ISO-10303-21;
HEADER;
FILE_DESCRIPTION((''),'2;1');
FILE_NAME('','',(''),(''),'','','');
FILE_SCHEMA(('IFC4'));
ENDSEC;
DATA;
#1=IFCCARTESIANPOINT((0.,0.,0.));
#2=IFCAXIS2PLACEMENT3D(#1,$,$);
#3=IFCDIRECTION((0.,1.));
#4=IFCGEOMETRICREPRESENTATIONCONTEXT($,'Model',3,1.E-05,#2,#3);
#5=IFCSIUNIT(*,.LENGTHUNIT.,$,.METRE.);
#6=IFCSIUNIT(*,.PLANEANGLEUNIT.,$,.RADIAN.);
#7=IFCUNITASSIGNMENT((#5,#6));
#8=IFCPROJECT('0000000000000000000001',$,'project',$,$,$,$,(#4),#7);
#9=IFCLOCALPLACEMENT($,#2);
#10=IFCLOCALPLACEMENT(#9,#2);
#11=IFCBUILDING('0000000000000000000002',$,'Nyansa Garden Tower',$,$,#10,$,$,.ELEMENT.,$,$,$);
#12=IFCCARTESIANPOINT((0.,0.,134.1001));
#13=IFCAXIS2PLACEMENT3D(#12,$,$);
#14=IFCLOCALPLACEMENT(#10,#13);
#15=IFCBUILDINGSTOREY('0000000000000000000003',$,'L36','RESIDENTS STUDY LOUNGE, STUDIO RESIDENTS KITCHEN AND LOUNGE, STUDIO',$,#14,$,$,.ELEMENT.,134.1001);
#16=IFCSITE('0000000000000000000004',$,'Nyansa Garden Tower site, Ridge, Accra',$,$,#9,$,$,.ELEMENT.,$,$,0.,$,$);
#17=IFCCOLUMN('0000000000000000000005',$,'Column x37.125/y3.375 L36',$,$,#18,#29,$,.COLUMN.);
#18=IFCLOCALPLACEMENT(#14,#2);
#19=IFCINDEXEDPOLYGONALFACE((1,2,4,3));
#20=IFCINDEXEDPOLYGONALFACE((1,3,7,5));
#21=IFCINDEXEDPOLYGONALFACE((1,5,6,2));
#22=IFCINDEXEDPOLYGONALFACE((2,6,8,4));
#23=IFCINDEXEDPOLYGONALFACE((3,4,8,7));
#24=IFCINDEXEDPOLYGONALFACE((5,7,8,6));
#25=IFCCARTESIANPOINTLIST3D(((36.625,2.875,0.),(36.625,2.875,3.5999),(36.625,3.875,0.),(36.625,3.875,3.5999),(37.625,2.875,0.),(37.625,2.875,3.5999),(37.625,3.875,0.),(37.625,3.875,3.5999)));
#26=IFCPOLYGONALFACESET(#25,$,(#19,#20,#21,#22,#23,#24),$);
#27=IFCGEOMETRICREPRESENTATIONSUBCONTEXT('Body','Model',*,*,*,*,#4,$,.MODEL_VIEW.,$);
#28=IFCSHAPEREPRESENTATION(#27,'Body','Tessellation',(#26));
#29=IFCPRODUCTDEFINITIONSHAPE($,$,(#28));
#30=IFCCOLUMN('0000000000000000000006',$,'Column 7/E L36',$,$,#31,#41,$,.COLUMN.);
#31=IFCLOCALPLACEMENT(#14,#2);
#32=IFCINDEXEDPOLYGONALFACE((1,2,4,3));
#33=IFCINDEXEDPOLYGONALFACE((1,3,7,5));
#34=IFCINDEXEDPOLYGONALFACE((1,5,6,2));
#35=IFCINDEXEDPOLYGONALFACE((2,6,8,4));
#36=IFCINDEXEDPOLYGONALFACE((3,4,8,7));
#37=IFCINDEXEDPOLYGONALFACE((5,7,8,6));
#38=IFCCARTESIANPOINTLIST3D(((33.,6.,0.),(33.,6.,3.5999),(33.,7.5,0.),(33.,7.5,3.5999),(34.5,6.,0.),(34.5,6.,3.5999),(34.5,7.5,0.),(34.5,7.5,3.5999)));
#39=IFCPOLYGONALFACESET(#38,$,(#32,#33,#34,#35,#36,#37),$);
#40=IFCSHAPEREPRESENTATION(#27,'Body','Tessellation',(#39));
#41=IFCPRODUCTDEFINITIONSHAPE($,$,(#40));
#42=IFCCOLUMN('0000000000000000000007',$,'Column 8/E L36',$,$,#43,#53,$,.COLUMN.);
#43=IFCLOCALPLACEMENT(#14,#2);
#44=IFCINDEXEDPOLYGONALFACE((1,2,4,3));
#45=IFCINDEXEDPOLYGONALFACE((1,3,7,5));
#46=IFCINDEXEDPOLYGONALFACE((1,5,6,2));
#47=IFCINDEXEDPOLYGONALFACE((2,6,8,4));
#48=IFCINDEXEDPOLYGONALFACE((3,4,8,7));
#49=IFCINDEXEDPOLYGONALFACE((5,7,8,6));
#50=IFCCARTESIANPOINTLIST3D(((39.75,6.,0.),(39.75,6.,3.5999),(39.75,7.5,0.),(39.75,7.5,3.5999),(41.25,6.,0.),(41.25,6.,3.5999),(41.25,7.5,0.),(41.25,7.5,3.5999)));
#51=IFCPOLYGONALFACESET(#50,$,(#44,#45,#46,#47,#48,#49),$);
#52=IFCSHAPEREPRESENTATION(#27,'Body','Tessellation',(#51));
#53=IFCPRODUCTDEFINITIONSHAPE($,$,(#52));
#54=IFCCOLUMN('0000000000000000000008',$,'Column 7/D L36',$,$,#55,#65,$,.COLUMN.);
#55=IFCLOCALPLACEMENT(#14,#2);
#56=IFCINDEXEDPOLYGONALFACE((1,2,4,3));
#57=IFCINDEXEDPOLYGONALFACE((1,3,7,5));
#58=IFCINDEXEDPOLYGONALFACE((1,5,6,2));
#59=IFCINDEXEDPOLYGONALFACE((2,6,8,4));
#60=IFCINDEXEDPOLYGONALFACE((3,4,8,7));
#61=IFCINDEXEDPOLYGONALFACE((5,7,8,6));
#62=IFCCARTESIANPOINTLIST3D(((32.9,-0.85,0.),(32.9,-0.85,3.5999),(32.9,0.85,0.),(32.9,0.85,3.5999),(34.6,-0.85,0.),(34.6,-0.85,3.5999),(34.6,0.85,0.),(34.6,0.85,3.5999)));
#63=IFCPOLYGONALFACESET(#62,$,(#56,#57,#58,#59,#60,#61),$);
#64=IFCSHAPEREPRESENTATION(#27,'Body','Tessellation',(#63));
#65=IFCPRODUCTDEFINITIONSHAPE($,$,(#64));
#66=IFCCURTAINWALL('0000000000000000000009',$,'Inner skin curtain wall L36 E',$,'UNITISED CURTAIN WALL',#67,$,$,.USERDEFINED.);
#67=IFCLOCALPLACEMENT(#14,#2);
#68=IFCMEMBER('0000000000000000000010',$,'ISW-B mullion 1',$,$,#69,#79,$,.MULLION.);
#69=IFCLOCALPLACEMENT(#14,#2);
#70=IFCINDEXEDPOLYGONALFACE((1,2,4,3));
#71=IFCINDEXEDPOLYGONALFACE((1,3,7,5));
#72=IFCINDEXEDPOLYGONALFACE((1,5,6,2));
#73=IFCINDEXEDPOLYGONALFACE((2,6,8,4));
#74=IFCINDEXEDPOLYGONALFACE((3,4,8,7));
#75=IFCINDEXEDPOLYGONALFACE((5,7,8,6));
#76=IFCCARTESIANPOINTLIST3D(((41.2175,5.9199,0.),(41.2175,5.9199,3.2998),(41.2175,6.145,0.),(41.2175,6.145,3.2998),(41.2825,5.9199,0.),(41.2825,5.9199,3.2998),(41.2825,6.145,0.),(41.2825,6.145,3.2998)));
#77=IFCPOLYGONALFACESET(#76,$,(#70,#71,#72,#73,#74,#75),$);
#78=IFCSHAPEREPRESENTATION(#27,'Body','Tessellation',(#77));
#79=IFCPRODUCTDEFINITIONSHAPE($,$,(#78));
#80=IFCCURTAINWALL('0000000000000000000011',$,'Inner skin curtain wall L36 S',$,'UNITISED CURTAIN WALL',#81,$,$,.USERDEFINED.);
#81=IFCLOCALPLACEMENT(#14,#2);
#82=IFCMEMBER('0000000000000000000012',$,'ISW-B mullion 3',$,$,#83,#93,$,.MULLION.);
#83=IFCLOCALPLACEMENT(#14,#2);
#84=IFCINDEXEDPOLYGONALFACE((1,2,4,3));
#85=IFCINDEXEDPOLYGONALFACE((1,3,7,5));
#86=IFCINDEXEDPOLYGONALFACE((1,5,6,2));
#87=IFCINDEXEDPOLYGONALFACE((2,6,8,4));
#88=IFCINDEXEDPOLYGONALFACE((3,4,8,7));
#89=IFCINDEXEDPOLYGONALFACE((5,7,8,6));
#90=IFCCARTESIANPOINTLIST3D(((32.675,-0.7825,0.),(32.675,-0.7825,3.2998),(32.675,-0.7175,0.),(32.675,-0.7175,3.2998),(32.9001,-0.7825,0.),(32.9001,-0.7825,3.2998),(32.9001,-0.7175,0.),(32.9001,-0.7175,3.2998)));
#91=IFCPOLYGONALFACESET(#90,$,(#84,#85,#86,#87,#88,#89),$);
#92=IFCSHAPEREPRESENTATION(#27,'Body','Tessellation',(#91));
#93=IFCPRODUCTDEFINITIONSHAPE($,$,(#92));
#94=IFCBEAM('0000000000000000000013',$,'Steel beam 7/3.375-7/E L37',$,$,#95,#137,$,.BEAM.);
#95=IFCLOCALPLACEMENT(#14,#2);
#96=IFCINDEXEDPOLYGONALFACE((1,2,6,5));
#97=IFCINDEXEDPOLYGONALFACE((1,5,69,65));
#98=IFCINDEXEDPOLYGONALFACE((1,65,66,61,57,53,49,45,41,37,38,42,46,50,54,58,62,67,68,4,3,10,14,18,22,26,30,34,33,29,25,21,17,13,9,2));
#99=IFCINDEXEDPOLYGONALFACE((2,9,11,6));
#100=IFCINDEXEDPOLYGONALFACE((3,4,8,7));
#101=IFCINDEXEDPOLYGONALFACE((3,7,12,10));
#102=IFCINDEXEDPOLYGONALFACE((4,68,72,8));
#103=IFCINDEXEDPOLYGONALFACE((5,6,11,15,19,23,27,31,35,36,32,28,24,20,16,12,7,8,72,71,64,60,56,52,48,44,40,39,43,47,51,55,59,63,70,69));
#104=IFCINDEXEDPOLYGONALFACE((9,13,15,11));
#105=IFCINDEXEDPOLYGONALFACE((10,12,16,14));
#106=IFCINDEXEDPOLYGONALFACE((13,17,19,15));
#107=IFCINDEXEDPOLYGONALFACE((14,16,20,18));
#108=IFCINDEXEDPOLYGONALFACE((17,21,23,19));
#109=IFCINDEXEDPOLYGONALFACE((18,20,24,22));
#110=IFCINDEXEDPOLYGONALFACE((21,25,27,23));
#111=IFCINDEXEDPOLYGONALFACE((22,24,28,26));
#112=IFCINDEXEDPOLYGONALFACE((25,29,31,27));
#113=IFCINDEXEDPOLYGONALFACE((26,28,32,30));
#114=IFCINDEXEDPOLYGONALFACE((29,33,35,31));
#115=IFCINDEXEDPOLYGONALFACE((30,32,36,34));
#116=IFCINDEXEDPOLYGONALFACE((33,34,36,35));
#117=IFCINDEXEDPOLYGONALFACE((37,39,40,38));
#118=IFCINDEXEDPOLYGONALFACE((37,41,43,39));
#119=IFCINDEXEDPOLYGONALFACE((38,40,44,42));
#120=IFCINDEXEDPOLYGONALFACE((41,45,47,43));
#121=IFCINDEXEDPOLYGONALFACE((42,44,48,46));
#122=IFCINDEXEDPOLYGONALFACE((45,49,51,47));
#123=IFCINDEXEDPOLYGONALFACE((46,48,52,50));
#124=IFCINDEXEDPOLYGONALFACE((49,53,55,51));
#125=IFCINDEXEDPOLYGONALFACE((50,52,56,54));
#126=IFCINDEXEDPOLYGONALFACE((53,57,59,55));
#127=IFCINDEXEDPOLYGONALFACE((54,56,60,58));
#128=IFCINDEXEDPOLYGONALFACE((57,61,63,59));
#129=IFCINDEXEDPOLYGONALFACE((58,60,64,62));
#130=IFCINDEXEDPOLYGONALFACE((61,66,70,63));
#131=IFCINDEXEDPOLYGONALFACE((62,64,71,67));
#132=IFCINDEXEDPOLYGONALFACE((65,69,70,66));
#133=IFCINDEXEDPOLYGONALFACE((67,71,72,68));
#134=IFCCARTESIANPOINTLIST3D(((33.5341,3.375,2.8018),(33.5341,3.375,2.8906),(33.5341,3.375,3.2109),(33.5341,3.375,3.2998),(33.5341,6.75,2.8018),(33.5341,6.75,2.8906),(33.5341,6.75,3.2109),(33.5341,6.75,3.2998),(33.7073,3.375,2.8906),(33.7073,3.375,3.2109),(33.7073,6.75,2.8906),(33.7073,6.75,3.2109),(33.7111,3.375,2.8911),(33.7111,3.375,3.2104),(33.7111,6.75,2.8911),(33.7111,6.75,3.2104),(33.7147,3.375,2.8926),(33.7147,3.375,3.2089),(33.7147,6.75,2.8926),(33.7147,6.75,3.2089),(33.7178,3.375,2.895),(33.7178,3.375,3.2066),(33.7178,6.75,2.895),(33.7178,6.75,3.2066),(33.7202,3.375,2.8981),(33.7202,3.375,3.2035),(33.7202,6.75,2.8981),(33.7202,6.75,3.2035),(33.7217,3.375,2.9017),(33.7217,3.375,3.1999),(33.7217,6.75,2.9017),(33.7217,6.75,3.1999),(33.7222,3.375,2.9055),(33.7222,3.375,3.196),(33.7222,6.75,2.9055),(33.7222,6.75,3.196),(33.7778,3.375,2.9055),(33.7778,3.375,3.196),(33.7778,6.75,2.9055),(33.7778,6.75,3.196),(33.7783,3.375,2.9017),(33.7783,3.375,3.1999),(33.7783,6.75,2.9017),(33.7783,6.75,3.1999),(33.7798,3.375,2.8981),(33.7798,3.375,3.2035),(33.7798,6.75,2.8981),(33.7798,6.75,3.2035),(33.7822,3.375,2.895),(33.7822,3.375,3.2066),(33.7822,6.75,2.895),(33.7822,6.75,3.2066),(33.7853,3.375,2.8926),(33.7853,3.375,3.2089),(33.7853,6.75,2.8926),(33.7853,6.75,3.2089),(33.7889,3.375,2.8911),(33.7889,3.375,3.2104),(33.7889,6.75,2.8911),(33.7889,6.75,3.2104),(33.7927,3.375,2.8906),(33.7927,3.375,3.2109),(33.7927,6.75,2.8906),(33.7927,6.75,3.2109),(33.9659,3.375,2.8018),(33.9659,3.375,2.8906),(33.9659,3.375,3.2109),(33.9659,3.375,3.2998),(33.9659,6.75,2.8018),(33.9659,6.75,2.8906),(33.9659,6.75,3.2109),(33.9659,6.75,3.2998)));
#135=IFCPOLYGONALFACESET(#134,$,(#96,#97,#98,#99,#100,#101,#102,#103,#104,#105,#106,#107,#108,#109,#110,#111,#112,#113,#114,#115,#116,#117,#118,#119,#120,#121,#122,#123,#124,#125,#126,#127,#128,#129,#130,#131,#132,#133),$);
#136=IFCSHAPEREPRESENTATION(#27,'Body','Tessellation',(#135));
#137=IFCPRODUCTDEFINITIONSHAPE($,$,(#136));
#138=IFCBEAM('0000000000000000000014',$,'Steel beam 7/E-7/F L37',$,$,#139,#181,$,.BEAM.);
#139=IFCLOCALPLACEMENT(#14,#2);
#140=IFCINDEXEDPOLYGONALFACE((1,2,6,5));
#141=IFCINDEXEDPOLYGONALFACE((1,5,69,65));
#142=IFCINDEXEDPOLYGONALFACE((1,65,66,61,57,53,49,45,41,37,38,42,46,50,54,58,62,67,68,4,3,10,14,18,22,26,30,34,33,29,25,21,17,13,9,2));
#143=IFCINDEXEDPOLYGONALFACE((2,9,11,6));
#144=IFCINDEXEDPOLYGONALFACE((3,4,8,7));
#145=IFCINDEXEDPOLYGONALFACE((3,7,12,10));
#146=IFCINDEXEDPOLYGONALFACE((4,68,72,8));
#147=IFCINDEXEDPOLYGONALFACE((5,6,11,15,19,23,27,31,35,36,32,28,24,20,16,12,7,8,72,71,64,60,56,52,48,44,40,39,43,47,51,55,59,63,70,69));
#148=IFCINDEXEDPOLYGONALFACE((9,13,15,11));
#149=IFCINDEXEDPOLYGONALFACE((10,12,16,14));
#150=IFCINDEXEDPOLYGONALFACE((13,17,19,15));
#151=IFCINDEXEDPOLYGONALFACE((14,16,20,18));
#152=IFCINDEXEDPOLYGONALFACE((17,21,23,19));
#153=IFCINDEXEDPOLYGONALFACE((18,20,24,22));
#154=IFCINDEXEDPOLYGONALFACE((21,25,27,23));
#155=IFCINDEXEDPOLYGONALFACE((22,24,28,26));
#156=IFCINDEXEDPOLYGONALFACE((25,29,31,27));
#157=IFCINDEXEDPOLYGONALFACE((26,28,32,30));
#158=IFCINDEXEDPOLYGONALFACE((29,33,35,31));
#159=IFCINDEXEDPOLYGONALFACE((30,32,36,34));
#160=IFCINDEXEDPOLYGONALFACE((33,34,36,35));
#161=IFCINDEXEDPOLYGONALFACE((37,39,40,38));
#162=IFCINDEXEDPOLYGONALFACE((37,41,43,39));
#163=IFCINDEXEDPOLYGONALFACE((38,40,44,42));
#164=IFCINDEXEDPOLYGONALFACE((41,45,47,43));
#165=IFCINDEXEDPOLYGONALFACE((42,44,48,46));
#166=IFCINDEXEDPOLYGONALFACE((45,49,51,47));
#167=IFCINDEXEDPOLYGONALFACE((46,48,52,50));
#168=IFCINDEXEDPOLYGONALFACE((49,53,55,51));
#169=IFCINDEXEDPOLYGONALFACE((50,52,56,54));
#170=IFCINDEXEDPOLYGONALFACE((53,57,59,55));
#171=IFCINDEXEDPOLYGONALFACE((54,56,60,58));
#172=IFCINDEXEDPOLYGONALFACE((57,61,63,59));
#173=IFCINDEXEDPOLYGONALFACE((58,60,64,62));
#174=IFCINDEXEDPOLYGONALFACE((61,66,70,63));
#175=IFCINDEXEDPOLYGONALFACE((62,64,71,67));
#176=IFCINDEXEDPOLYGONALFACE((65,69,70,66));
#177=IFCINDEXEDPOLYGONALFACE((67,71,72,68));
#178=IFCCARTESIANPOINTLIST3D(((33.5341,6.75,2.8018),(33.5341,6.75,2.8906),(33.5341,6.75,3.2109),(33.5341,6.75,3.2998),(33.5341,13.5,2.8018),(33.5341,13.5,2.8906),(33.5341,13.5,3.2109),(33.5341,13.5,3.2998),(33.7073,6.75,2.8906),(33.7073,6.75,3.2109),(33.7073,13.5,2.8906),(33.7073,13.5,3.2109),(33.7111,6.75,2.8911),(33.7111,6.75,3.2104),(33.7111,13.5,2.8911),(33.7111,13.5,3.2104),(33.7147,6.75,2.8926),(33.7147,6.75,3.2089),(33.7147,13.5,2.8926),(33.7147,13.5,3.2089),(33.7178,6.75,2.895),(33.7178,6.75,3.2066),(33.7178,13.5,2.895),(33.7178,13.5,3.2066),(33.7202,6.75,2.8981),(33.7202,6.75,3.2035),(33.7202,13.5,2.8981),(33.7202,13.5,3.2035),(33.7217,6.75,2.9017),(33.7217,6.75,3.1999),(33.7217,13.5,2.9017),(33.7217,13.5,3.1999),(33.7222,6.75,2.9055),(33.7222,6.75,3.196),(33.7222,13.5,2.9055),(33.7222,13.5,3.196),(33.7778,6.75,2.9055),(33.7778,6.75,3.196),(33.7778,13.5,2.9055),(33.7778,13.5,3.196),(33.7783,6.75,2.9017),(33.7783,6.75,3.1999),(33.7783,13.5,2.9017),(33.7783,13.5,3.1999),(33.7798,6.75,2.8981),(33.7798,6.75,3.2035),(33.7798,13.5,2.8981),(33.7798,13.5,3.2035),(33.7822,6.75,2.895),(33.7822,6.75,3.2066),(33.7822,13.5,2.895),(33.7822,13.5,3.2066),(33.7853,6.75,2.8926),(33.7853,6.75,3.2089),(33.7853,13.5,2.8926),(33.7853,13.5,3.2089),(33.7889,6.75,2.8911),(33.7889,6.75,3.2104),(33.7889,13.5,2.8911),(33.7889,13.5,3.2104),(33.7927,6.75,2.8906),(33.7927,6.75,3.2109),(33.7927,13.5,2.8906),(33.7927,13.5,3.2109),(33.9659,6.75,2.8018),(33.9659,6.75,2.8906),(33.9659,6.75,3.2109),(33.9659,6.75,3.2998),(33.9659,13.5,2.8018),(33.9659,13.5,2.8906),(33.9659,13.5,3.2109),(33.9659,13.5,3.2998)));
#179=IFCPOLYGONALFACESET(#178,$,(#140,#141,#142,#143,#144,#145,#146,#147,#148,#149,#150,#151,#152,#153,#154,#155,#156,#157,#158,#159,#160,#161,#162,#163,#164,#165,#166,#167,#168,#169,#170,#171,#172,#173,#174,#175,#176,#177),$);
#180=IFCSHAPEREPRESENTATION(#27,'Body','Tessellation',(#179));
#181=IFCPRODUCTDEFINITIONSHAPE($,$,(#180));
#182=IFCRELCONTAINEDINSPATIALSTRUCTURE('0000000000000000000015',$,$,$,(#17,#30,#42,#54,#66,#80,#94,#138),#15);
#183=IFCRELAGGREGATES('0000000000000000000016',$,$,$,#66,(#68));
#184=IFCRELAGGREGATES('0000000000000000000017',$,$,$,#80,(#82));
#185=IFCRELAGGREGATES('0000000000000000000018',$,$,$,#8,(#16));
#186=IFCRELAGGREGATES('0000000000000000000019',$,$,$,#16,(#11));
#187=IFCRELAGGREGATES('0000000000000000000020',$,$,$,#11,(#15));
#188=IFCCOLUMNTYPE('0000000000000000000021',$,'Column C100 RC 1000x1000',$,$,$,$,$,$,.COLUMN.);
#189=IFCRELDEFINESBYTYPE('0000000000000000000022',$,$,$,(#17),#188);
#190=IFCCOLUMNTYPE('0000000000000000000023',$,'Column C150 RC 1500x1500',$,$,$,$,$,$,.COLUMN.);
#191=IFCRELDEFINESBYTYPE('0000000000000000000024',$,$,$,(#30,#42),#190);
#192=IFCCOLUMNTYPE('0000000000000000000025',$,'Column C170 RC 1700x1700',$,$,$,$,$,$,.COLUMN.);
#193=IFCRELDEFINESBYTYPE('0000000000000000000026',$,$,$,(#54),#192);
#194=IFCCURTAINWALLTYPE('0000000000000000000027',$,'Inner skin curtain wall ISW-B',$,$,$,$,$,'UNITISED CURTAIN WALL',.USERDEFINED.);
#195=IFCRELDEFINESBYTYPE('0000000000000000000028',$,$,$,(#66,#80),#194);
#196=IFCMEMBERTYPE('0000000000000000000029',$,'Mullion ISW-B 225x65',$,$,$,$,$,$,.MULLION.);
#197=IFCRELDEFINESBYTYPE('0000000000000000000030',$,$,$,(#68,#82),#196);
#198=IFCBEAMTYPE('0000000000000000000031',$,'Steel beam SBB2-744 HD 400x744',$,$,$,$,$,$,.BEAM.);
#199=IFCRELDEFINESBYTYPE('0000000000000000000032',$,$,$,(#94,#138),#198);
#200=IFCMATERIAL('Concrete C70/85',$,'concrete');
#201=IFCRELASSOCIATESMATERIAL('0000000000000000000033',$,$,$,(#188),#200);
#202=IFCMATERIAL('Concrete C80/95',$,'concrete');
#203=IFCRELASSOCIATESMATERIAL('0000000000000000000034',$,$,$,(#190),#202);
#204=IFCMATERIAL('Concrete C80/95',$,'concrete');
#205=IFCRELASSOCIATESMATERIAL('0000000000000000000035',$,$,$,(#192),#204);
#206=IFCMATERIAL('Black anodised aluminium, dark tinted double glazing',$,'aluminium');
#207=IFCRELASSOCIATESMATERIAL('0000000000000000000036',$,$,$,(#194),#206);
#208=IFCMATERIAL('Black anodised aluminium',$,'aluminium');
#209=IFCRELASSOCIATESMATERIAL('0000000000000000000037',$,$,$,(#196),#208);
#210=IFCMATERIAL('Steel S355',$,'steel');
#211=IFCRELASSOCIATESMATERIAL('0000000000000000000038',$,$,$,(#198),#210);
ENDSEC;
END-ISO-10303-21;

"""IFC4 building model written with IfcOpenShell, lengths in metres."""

from ifc_helpers import new_model, si_unit, direction, frame, origin, origin_2d, place, context, subcontext, project, spatial, rectangle, i_section, extrude, material, material_profile, profile_set, type_object, element, aggregate, save


model = new_model("IFC4")

# Units and contexts
model_context = context("Model", 3, precision=1e-05, world=origin(), true_north=direction((0.0, 1.0)))
body_context = subcontext(model_context, "Body", "Model", "MODEL_VIEW")
ifc_project = project(units=[si_unit("LENGTHUNIT", "METRE"), si_unit("PLANEANGLEUNIT", "RADIAN")], contexts=[model_context])

# Site, building, storey
site_placement = place(None, origin())
site = spatial("IfcSite", under=ifc_project, at=site_placement, Name="Nyansa Garden Tower site, Ridge, Accra", CompositionType="ELEMENT", RefElevation=0.0)
building_placement = place(site_placement, origin())
building = spatial("IfcBuilding", under=site, at=building_placement, Name="Nyansa Garden Tower", CompositionType="ELEMENT")
storey_placement = place(building_placement, frame((0.0, 0.0, 134.1001)))
storey = spatial("IfcBuildingStorey", under=building, at=storey_placement, Name="L36", Description="RESIDENTS STUDY LOUNGE, STUDIO RESIDENTS KITCHEN AND LOUNGE, STUDIO", CompositionType="ELEMENT", Elevation=134.1001)

# Columns
ifc_material_1 = material(Name="Concrete C70/85", Category="concrete")
ifc_material_profile_1 = material_profile(ifc_material_1, rectangle(XDim=1.0, YDim=1.0, at=origin_2d()), Name="RC 1000x1000")
ifc_profile_set_1 = profile_set([ifc_material_profile_1], Name="Concrete C70/85")
column_type_1 = type_object("IfcColumnType", Name="Column C100 RC 1000x1000", PredefinedType="COLUMN", material=ifc_profile_set_1)
column_1_placement = place(storey_placement, frame((37.125, 3.375, 0.0), z_axis=(0.0, 0.0, 1.0), x_axis=(1.0, 0.0, 0.0)))
element("IfcColumn", 1, at=column_1_placement, inside=storey, type_object=column_type_1, Name="Column x37.125/y3.375 L36", PredefinedType="COLUMN", context=body_context, shape_type="SweptSolid", body=[
    extrude(rectangle(XDim=1.0, YDim=1.0, at=origin_2d()), origin(), (0.0, 0.0, 1.0), 3.5999),
])
ifc_material_2 = material(Name="Concrete C80/95", Category="concrete")
ifc_material_profile_2 = material_profile(ifc_material_2, rectangle(XDim=1.5, YDim=1.5, at=origin_2d()), Name="RC 1500x1500")
ifc_profile_set_2 = profile_set([ifc_material_profile_2], Name="Concrete C80/95")
column_type_2 = type_object("IfcColumnType", Name="Column C150 RC 1500x1500", PredefinedType="COLUMN", material=ifc_profile_set_2)
for number, where, z_axis, x_axis, name in (
    (2, (33.75, 6.75, 0.0), (0.0, 0.0, 1.0), (1.0, 0.0, 0.0), "Column 7/E L36"),
    (3, (40.5, 6.75, 0.0), (0.0, 0.0, 1.0), (1.0, 0.0, 0.0), "Column 8/E L36"),
):
    element("IfcColumn", number, at=place(storey_placement, frame(where, z_axis=z_axis, x_axis=x_axis)), inside=storey, type_object=column_type_2, Name=name, PredefinedType="COLUMN", context=body_context, shape_type="SweptSolid", body=[
        extrude(rectangle(XDim=1.5, YDim=1.5, at=origin_2d()), origin(), (0.0, 0.0, 1.0), 3.5999),
    ])
ifc_material_3 = material(Name="Concrete C80/95", Category="concrete")
ifc_material_profile_3 = material_profile(ifc_material_3, rectangle(XDim=1.7, YDim=1.7, at=origin_2d()), Name="RC 1700x1700")
ifc_profile_set_3 = profile_set([ifc_material_profile_3], Name="Concrete C80/95")
column_type_3 = type_object("IfcColumnType", Name="Column C170 RC 1700x1700", PredefinedType="COLUMN", material=ifc_profile_set_3)
column_2_placement = place(storey_placement, frame((33.75, 0.0, 0.0), z_axis=(0.0, 0.0, 1.0), x_axis=(1.0, 0.0, 0.0)))
element("IfcColumn", 4, at=column_2_placement, inside=storey, type_object=column_type_3, Name="Column 7/D L36", PredefinedType="COLUMN", context=body_context, shape_type="SweptSolid", body=[
    extrude(rectangle(XDim=1.7, YDim=1.7, at=origin_2d()), origin(), (0.0, 0.0, 1.0), 3.5999),
])

# Curtain walls, members
ifc_material_4 = material(Name="Black anodised aluminium, dark tinted double glazing", Category="aluminium")
curtain_wall_type = type_object("IfcCurtainWallType", Name="Inner skin curtain wall ISW-B", ElementType="UNITISED CURTAIN WALL", PredefinedType="USERDEFINED", material=ifc_material_4)
curtain_wall_1_placement = place(storey_placement, origin())
curtain_wall_1 = element("IfcCurtainWall", 5, at=curtain_wall_1_placement, inside=storey, type_object=curtain_wall_type, Name="Inner skin curtain wall L36 E", ObjectType="UNITISED CURTAIN WALL", PredefinedType="USERDEFINED")
ifc_material_5 = material(Name="Black anodised aluminium", Category="aluminium")
ifc_material_profile_4 = material_profile(ifc_material_5, rectangle(XDim=0.0649, YDim=0.2251, at=origin_2d()), Name="Mullion 225x65")
ifc_profile_set_4 = profile_set([ifc_material_profile_4], Name="Black anodised aluminium")
member_type_1 = type_object("IfcMemberType", Name="Mullion ISW-B 225x65", PredefinedType="MULLION", material=ifc_profile_set_4)
member_1_placement = place(storey_placement, frame((41.25, 6.0325, 0.0), z_axis=(0.0, 0.0, 1.0), x_axis=(-1.0, 0.0, 0.0)))
member_1 = element("IfcMember", 6, at=member_1_placement, type_object=member_type_1, Name="ISW-B mullion 1", PredefinedType="MULLION", context=body_context, shape_type="SweptSolid", body=[
    extrude(rectangle(XDim=0.0649, YDim=0.2251, at=origin_2d()), origin(), (0.0, 0.0, 1.0), 3.2998),
])
curtain_wall_2_placement = place(storey_placement, origin())
curtain_wall_2 = element("IfcCurtainWall", 7, at=curtain_wall_2_placement, inside=storey, type_object=curtain_wall_type, Name="Inner skin curtain wall L36 S", ObjectType="UNITISED CURTAIN WALL", PredefinedType="USERDEFINED")
member_2_placement = place(storey_placement, frame((32.7876, -0.75, 0.0), z_axis=(0.0, 0.0, 1.0), x_axis=(0.0, 1.0, 0.0)))
member_2 = element("IfcMember", 8, at=member_2_placement, type_object=member_type_1, Name="ISW-B mullion 3", PredefinedType="MULLION", context=body_context, shape_type="SweptSolid", body=[
    extrude(rectangle(XDim=0.0649, YDim=0.2251, at=origin_2d()), origin(), (0.0, 0.0, 1.0), 3.2998),
])

# Beams
ifc_material_6 = material(Name="Steel S355", Category="steel")
ifc_material_profile_5 = material_profile(ifc_material_6, i_section(OverallWidth=0.4319, OverallDepth=0.498, WebThickness=0.0557, FlangeThickness=0.0889, FilletRadius=0.0149, at=origin_2d()), Name="HD 400x744")
ifc_profile_set_5 = profile_set([ifc_material_profile_5], Name="Steel S355")
beam_type_1 = type_object("IfcBeamType", Name="Steel beam SBB2-744 HD 400x744", PredefinedType="BEAM", material=ifc_profile_set_5)
beam_1_placement = place(storey_placement, frame((33.75, 3.375, 3.0508), z_axis=(0.0, 1.0, 0.0), x_axis=(-1.0, 0.0, 0.0)))
element("IfcBeam", 9, at=beam_1_placement, inside=storey, type_object=beam_type_1, Name="Steel beam 7/3.375-7/E L37", PredefinedType="BEAM", context=body_context, shape_type="SweptSolid", body=[
    extrude(i_section(OverallWidth=0.4319, OverallDepth=0.498, WebThickness=0.0557, FlangeThickness=0.0889, FilletRadius=0.0149, at=origin_2d()), origin(), (0.0, 0.0, 1.0), 3.375),
])
beam_2_placement = place(storey_placement, frame((33.75, 6.75, 3.0508), z_axis=(0.0, 1.0, 0.0), x_axis=(-1.0, 0.0, 0.0)))
element("IfcBeam", 10, at=beam_2_placement, inside=storey, type_object=beam_type_1, Name="Steel beam 7/E-7/F L37", PredefinedType="BEAM", context=body_context, shape_type="SweptSolid", body=[
    extrude(i_section(OverallWidth=0.4319, OverallDepth=0.498, WebThickness=0.0557, FlangeThickness=0.0889, FilletRadius=0.0149, at=origin_2d()), origin(), (0.0, 0.0, 1.0), 6.75),
])

aggregate(curtain_wall_1, [member_1])
aggregate(curtain_wall_2, [member_2])

save(model, "model.ifc")
